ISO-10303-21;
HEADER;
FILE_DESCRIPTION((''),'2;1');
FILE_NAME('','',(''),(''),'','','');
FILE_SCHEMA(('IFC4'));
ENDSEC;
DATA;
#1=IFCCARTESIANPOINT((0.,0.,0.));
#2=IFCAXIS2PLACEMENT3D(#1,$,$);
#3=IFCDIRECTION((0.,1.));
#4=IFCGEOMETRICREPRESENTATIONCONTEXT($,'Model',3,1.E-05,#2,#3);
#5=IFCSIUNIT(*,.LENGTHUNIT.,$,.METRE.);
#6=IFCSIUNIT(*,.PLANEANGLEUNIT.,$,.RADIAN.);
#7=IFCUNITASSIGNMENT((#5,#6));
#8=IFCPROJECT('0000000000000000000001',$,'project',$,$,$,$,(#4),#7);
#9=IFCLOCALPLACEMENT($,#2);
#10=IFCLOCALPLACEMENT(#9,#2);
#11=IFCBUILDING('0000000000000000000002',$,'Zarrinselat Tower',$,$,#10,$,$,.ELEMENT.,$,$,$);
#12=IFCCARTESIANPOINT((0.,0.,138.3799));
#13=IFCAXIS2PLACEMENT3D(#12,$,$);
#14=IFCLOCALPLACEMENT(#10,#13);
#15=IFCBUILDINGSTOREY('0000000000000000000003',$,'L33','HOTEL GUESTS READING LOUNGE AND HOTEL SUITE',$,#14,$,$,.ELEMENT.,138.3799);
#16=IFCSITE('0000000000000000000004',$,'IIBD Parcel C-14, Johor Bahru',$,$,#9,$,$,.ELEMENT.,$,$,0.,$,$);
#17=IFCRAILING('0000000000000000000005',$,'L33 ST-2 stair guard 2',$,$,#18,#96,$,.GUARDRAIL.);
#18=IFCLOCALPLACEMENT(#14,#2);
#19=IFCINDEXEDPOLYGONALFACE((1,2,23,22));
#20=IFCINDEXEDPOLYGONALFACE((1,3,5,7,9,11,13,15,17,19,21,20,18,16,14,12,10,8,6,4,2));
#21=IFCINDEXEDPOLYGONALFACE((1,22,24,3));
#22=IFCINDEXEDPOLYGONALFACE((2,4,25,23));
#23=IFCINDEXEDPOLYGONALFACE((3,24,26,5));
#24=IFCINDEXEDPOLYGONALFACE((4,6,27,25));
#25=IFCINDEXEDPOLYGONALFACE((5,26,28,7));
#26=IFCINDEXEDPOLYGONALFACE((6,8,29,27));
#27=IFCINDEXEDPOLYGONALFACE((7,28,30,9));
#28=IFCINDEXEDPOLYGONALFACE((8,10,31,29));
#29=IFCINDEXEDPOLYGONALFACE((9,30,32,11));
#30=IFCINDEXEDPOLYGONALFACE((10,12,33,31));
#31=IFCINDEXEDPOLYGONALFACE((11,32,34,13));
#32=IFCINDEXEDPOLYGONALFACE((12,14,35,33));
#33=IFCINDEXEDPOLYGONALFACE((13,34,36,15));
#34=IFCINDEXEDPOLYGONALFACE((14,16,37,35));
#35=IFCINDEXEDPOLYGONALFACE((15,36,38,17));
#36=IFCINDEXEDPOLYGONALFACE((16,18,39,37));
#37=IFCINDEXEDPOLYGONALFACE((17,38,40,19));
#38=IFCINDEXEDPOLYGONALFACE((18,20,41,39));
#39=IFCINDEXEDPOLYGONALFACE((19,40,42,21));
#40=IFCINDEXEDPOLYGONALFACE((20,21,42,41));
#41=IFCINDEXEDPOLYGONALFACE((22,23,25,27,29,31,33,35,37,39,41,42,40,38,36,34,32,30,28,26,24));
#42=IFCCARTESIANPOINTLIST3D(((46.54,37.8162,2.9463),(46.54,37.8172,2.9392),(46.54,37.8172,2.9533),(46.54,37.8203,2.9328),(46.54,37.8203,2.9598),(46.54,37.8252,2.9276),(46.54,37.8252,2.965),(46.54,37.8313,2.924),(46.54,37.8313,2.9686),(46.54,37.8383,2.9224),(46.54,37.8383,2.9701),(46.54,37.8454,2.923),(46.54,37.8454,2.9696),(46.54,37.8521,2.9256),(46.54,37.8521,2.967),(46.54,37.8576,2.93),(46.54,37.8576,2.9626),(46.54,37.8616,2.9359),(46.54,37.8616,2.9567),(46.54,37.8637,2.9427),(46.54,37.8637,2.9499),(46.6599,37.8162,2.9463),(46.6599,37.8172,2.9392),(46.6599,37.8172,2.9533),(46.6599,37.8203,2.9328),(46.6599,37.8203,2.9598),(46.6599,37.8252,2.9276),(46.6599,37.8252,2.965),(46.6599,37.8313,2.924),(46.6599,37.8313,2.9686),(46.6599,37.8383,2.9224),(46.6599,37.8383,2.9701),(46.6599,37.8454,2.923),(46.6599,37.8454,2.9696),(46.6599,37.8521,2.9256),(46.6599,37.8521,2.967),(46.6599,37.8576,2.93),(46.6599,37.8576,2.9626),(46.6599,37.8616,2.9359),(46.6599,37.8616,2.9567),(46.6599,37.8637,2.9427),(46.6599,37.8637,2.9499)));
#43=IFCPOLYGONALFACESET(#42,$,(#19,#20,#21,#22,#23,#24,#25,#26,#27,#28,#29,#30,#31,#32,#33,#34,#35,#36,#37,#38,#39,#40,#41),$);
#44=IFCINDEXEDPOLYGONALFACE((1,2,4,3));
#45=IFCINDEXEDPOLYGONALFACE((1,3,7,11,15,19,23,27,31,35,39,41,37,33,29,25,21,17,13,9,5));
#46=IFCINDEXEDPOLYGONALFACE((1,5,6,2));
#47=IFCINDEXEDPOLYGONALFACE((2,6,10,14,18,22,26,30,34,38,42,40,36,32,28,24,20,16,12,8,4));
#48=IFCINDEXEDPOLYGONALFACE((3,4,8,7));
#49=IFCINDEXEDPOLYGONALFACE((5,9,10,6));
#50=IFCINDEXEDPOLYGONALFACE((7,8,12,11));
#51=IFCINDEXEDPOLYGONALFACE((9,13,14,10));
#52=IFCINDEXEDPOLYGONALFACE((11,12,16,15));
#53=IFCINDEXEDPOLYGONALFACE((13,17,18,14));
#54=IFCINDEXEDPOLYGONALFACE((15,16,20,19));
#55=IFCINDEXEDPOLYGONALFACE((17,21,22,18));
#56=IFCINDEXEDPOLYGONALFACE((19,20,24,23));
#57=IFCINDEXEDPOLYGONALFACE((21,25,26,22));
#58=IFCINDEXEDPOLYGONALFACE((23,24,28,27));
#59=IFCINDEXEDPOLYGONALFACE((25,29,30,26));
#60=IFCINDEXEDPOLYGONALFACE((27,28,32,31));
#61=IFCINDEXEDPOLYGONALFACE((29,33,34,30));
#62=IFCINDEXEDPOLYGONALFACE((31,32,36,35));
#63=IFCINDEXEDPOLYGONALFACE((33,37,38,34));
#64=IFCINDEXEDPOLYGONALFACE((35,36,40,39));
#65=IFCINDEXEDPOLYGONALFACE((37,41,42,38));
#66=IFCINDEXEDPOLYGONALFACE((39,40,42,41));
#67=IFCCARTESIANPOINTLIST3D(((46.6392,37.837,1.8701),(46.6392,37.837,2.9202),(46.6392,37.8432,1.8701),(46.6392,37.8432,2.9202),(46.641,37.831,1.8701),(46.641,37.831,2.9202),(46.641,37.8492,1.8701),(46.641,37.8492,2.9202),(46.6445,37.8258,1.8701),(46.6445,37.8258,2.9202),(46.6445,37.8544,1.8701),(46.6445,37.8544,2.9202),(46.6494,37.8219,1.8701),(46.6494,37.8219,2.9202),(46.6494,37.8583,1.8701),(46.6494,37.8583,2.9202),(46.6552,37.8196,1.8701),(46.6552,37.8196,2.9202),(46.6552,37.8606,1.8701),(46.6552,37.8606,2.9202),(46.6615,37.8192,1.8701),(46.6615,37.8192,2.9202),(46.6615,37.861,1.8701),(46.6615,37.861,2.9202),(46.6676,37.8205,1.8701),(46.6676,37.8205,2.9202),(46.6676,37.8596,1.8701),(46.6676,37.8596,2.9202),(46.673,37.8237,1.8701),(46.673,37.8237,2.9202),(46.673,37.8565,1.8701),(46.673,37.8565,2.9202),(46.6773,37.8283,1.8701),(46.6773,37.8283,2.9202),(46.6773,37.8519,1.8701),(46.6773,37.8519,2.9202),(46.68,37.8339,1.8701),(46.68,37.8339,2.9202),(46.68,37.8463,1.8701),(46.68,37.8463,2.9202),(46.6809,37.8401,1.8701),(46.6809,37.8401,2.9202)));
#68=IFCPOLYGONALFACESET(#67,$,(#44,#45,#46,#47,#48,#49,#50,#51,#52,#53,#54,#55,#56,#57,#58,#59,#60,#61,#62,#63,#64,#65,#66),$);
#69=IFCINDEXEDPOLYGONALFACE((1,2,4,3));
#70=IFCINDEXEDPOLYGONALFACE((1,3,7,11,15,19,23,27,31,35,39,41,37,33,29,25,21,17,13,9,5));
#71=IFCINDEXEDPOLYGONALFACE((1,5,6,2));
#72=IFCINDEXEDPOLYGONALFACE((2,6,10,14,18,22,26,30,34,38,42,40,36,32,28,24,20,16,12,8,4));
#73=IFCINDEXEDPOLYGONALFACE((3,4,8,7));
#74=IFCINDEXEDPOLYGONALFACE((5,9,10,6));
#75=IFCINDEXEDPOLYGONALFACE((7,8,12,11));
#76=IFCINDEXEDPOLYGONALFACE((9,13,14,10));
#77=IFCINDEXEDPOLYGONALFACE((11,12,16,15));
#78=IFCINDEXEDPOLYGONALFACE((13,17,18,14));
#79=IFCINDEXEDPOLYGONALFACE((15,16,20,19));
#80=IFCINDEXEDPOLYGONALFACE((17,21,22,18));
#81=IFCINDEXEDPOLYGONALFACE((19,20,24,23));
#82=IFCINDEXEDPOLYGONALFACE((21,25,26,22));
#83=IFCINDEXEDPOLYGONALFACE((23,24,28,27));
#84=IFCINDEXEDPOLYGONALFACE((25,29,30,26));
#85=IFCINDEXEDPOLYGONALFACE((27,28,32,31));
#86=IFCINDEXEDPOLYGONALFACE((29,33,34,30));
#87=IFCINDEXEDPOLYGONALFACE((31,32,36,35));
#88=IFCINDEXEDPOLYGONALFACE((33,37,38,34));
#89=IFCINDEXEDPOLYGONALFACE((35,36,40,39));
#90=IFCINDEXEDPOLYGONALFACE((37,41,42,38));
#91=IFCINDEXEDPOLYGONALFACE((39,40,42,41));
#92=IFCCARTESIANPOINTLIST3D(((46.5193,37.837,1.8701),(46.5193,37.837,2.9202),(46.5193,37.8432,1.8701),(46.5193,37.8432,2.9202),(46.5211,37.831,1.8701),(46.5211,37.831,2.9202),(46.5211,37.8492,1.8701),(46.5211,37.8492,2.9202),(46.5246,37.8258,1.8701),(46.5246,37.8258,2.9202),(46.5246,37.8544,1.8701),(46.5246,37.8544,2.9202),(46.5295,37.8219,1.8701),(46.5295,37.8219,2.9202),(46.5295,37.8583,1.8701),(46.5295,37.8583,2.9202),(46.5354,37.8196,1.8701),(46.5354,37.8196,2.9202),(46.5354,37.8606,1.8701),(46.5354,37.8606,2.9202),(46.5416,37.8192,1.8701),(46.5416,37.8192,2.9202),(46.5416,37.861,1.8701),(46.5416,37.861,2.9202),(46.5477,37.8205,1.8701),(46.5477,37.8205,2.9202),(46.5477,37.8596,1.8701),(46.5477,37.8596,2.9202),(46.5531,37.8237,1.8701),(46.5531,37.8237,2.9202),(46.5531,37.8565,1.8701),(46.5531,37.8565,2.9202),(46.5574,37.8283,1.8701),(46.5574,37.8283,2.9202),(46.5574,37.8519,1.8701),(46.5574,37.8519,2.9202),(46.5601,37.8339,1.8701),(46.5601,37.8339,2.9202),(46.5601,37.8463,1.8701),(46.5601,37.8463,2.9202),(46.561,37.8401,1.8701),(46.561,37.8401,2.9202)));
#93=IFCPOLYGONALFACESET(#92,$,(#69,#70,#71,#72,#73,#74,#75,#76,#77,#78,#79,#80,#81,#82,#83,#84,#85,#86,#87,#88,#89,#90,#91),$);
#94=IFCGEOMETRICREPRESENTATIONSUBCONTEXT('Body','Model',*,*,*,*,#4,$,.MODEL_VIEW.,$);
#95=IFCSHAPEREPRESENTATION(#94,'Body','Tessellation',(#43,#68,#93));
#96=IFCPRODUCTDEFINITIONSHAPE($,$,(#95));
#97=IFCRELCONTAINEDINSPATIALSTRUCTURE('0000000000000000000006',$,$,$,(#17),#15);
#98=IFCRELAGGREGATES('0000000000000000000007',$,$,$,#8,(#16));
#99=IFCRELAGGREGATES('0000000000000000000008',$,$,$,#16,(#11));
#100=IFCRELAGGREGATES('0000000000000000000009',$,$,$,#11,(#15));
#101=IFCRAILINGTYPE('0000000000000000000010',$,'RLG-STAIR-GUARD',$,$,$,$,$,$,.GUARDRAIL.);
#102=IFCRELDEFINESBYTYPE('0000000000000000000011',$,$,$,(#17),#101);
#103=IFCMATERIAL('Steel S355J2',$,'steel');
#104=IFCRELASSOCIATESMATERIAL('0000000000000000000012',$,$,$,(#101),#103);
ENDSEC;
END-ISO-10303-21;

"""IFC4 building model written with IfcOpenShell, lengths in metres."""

from ifc_helpers import new_model, si_unit, direction, frame, origin, origin_2d, place, context, subcontext, project, spatial, circle, extrude, material, type_object, element, save


model = new_model("IFC4")

# Units and contexts
model_context = context("Model", 3, precision=1e-05, world=origin(), true_north=direction((0.0, 1.0)))
body_context = subcontext(model_context, "Body", "Model", "MODEL_VIEW")
ifc_project = project(units=[si_unit("LENGTHUNIT", "METRE"), si_unit("PLANEANGLEUNIT", "RADIAN")], contexts=[model_context])

# Site, building, storey
site_placement = place(None, origin())
site = spatial("IfcSite", under=ifc_project, at=site_placement, Name="IIBD Parcel C-14, Johor Bahru", CompositionType="ELEMENT", RefElevation=0.0)
building_placement = place(site_placement, origin())
building = spatial("IfcBuilding", under=site, at=building_placement, Name="Zarrinselat Tower", CompositionType="ELEMENT")
storey_placement = place(building_placement, frame((0.0, 0.0, 138.3799)))
storey = spatial("IfcBuildingStorey", under=building, at=storey_placement, Name="L33", Description="HOTEL GUESTS READING LOUNGE AND HOTEL SUITE", CompositionType="ELEMENT", Elevation=138.3799)

# Railing
ifc_material_1 = material(Name="Steel S355J2", Category="steel")
railing_type_1 = type_object("IfcRailingType", Name="RLG-STAIR-GUARD", PredefinedType="GUARDRAIL", material=ifc_material_1)
railing_1_placement = place(storey_placement, frame((46.6599, 37.8401, 1.8701)))
element("IfcRailing", 1, at=railing_1_placement, inside=storey, type_object=railing_type_1, Name="L33 ST-2 stair guard 2", PredefinedType="GUARDRAIL", context=body_context, shape_type="SweptSolid", body=[
    extrude(circle(Radius=0.0239, at=origin_2d()), frame((0.0, 0.0, 1.0762), z_axis=(-1.0, 0.0, 0.0), x_axis=(0.0, -1.0, 0.0)), (0.0, 0.0, 1.0), 0.1199),
    extrude(circle(Radius=0.021, at=origin_2d()), origin(), (0.0, 0.0, 1.0), 1.05),
    extrude(circle(Radius=0.021, at=origin_2d()), frame((-0.1199, 0.0, 0.0)), (0.0, 0.0, 1.0), 1.05),
])

save(model, "model.ifc")
